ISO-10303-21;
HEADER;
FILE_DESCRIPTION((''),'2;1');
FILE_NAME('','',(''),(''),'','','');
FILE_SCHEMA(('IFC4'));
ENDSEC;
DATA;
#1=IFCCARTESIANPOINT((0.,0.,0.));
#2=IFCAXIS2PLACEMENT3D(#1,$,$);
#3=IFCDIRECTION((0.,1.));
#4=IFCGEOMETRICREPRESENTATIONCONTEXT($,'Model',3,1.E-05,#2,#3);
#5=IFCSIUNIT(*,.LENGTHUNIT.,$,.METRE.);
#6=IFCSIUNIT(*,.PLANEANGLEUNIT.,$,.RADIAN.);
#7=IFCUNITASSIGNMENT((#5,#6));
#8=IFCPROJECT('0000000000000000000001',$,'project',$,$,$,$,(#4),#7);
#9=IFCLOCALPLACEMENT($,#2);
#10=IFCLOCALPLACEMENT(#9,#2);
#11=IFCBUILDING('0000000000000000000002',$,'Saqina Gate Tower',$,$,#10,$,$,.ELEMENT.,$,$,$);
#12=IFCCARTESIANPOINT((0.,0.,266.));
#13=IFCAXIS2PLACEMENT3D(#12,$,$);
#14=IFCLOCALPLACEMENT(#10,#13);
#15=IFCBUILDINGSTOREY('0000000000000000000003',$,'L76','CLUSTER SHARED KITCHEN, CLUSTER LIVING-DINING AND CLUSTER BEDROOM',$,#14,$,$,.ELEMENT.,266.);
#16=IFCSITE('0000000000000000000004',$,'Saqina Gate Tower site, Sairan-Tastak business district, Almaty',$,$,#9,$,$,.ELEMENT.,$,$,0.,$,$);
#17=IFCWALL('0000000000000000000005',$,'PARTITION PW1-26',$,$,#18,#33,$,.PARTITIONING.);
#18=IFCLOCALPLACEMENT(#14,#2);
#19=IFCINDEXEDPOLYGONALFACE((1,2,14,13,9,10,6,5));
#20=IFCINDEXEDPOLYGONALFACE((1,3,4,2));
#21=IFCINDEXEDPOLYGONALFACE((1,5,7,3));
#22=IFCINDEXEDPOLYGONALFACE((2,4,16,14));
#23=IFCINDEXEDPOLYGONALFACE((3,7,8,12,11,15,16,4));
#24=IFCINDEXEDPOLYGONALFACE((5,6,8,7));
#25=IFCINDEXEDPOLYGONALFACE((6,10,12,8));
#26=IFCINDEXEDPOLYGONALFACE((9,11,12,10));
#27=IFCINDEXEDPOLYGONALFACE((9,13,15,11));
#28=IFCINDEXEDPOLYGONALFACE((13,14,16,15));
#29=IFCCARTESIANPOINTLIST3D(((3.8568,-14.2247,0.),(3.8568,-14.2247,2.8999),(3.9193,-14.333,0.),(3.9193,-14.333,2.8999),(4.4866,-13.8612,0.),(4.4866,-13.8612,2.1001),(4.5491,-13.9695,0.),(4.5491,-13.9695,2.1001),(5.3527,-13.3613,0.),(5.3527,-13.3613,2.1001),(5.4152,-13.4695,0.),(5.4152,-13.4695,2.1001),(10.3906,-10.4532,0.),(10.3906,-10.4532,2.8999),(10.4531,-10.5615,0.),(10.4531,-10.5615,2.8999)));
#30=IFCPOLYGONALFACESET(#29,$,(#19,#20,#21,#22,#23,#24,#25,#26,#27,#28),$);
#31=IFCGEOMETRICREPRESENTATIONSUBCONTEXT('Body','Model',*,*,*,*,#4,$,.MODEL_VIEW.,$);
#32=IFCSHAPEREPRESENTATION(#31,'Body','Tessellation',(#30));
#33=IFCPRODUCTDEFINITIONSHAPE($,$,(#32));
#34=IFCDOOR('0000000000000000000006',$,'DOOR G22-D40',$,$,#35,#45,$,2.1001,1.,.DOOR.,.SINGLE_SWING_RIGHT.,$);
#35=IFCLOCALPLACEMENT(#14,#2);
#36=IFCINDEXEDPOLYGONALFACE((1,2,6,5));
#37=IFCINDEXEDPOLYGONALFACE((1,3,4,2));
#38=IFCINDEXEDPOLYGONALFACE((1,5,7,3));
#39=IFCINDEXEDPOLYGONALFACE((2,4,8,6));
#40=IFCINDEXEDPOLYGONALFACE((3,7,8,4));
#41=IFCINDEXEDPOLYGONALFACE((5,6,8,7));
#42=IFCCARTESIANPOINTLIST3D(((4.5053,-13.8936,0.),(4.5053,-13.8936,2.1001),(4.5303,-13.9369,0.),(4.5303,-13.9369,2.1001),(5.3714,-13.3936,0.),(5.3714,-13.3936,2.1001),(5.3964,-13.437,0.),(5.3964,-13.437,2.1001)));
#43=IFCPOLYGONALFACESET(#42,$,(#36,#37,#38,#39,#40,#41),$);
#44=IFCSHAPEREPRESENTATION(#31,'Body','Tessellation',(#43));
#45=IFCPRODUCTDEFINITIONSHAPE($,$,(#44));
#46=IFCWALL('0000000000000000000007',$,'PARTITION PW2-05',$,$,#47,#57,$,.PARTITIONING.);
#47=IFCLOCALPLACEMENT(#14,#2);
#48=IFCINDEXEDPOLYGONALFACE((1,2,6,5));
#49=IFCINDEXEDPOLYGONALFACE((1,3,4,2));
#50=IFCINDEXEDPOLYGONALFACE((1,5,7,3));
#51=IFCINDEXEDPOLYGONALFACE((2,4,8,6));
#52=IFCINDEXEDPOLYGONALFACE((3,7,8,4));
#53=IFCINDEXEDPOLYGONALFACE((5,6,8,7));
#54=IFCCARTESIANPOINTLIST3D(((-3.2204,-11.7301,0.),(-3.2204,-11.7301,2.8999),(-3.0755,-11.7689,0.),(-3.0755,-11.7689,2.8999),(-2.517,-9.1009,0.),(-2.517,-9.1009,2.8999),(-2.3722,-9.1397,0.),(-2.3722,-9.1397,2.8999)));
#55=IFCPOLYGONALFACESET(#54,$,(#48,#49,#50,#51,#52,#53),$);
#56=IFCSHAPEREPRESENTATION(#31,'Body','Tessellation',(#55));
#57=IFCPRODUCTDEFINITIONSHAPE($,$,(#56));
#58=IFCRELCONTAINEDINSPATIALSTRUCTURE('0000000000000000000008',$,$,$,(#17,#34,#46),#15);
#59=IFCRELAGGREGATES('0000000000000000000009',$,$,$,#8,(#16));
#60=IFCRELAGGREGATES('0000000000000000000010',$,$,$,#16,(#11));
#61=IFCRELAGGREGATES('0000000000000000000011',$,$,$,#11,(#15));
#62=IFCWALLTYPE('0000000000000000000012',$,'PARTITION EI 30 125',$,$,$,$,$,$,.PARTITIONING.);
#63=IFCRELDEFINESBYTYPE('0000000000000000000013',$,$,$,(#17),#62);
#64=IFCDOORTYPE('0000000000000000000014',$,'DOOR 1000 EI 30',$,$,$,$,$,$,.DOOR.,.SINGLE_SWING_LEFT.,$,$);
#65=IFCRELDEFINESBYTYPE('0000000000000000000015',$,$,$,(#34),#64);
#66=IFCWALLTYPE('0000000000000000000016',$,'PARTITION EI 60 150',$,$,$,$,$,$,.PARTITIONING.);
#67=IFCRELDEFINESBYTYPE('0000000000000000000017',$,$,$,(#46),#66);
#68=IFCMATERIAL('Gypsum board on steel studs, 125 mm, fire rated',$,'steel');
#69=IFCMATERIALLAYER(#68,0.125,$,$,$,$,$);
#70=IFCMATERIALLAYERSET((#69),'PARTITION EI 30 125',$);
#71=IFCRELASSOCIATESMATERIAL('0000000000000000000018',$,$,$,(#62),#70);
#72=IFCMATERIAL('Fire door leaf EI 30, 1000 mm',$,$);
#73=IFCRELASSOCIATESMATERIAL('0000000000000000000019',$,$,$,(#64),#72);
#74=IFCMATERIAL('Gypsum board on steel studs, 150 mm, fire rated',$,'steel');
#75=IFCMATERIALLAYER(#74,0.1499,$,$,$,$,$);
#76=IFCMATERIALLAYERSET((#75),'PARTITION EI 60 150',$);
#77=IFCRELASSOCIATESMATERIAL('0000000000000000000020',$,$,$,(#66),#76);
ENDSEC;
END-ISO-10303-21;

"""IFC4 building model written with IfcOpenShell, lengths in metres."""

from ifc_helpers import new_model, si_unit, direction, frame, frame_2d, origin, place, context, subcontext, project, spatial, rectangle, extrude, material, layer, layer_set, type_object, element, fill, save


model = new_model("IFC4")

# Units and contexts
model_context = context("Model", 3, precision=1e-05, world=origin(), true_north=direction((0.0, 1.0)))
body_context = subcontext(model_context, "Body", "Model", "MODEL_VIEW")
ifc_project = project(units=[si_unit("LENGTHUNIT", "METRE"), si_unit("PLANEANGLEUNIT", "RADIAN")], contexts=[model_context])

# Site, building, storey
site_placement = place(None, origin())
site = spatial("IfcSite", under=ifc_project, at=site_placement, Name="Saqina Gate Tower site, Sairan-Tastak business district, Almaty", CompositionType="ELEMENT", RefElevation=0.0)
building_placement = place(site_placement, origin())
building = spatial("IfcBuilding", under=site, at=building_placement, Name="Saqina Gate Tower", CompositionType="ELEMENT")
storey_placement = place(building_placement, frame((0.0, 0.0, 266.0)))
storey = spatial("IfcBuildingStorey", under=building, at=storey_placement, Name="L76", Description="CLUSTER SHARED KITCHEN, CLUSTER LIVING-DINING AND CLUSTER BEDROOM", CompositionType="ELEMENT", Elevation=266.0)

# Shared definitions
ifc_material_1 = material(Name="Gypsum board on steel studs, 125 mm, fire rated", Category="steel")
ifc_layer_1 = layer(ifc_material_1, 0.125)
ifc_layer_set_1 = layer_set([ifc_layer_1], Name="PARTITION EI 30 125")
wall_type_1 = type_object("IfcWallType", Name="PARTITION EI 30 125", PredefinedType="PARTITIONING", material=ifc_layer_set_1)
ifc_material_2 = material(Name="Fire door leaf EI 30, 1000 mm")
door_type_1 = type_object("IfcDoorType", Name="DOOR 1000 EI 30", OperationType="SINGLE_SWING_LEFT", PredefinedType="DOOR", material=ifc_material_2)

# Wall, opening, door
wall_1_placement = place(storey_placement, frame((3.8882, -14.2788, 0.0), z_axis=(0.0, 0.0, 1.0), x_axis=(0.866068, 0.499926, 0.0)))
wall_1 = element("IfcWall", 1, at=wall_1_placement, inside=storey, type_object=wall_type_1, Name="PARTITION PW1-26", PredefinedType="PARTITIONING", context=body_context, shape_type="SweptSolid", body=[
    extrude(rectangle(XDim=7.5442, YDim=0.125, at=frame_2d((3.772, 0.0))), origin(), (0.0, 0.0, 1.0), 2.8999),
])
opening_1_placement = place(wall_1_placement, frame((0.7271, 0.0, 0.0)))
opening_1 = element("IfcOpeningElement", 2, at=opening_1_placement, cuts=wall_1, PredefinedType="OPENING", context=body_context, shape_type="SweptSolid", body=[
    extrude(rectangle(XDim=1.0, YDim=2.1001, at=frame_2d((0.5, 1.05))), frame((0.0, 0.0745, 0.0), z_axis=(0.0, -1.0, 0.0), x_axis=(1.0, 0.0, 0.0)), (0.0, 0.0, 1.0), 0.1489),
])
door_1_placement = place(opening_1_placement, frame((1.0, 0.0, 0.0), z_axis=(0.0, 0.0, 1.0), x_axis=(-1.0, 0.0, 0.0)))
door_1 = element("IfcDoor", 3, at=door_1_placement, inside=storey, type_object=door_type_1, Name="DOOR G22-D40", OperationType="SINGLE_SWING_RIGHT", OverallHeight=2.1001, OverallWidth=1.0, PredefinedType="DOOR", context=body_context, shape_type="SweptSolid", body=[
    extrude(rectangle(XDim=1.0, YDim=2.1001, at=frame_2d((0.5, 1.05))), frame((0.0, 0.0249, 0.0), z_axis=(0.0, -1.0, 0.0), x_axis=(1.0, 0.0, 0.0)), (0.0, 0.0, 1.0), 0.05),
])
fill(opening_1, door_1)

# Wall
ifc_material_3 = material(Name="Gypsum board on steel studs, 150 mm, fire rated", Category="steel")
ifc_layer_2 = layer(ifc_material_3, 0.1499)
ifc_layer_set_2 = layer_set([ifc_layer_2], Name="PARTITION EI 60 150")
wall_type_2 = type_object("IfcWallType", Name="PARTITION EI 60 150", PredefinedType="PARTITIONING", material=ifc_layer_set_2)
wall_2_placement = place(storey_placement, frame((-3.1479, -11.7495, 0.0), z_axis=(0.0, 0.0, 1.0), x_axis=(0.258439, 0.966028, 0.0)))
element("IfcWall", 4, at=wall_2_placement, inside=storey, type_object=wall_type_2, Name="PARTITION PW2-05", PredefinedType="PARTITIONING", context=body_context, shape_type="SweptSolid", body=[
    extrude(rectangle(XDim=2.7217, YDim=0.1499, at=frame_2d((1.3608, 0.0))), origin(), (0.0, 0.0, 1.0), 2.8999),
])

save(model, "model.ifc")
